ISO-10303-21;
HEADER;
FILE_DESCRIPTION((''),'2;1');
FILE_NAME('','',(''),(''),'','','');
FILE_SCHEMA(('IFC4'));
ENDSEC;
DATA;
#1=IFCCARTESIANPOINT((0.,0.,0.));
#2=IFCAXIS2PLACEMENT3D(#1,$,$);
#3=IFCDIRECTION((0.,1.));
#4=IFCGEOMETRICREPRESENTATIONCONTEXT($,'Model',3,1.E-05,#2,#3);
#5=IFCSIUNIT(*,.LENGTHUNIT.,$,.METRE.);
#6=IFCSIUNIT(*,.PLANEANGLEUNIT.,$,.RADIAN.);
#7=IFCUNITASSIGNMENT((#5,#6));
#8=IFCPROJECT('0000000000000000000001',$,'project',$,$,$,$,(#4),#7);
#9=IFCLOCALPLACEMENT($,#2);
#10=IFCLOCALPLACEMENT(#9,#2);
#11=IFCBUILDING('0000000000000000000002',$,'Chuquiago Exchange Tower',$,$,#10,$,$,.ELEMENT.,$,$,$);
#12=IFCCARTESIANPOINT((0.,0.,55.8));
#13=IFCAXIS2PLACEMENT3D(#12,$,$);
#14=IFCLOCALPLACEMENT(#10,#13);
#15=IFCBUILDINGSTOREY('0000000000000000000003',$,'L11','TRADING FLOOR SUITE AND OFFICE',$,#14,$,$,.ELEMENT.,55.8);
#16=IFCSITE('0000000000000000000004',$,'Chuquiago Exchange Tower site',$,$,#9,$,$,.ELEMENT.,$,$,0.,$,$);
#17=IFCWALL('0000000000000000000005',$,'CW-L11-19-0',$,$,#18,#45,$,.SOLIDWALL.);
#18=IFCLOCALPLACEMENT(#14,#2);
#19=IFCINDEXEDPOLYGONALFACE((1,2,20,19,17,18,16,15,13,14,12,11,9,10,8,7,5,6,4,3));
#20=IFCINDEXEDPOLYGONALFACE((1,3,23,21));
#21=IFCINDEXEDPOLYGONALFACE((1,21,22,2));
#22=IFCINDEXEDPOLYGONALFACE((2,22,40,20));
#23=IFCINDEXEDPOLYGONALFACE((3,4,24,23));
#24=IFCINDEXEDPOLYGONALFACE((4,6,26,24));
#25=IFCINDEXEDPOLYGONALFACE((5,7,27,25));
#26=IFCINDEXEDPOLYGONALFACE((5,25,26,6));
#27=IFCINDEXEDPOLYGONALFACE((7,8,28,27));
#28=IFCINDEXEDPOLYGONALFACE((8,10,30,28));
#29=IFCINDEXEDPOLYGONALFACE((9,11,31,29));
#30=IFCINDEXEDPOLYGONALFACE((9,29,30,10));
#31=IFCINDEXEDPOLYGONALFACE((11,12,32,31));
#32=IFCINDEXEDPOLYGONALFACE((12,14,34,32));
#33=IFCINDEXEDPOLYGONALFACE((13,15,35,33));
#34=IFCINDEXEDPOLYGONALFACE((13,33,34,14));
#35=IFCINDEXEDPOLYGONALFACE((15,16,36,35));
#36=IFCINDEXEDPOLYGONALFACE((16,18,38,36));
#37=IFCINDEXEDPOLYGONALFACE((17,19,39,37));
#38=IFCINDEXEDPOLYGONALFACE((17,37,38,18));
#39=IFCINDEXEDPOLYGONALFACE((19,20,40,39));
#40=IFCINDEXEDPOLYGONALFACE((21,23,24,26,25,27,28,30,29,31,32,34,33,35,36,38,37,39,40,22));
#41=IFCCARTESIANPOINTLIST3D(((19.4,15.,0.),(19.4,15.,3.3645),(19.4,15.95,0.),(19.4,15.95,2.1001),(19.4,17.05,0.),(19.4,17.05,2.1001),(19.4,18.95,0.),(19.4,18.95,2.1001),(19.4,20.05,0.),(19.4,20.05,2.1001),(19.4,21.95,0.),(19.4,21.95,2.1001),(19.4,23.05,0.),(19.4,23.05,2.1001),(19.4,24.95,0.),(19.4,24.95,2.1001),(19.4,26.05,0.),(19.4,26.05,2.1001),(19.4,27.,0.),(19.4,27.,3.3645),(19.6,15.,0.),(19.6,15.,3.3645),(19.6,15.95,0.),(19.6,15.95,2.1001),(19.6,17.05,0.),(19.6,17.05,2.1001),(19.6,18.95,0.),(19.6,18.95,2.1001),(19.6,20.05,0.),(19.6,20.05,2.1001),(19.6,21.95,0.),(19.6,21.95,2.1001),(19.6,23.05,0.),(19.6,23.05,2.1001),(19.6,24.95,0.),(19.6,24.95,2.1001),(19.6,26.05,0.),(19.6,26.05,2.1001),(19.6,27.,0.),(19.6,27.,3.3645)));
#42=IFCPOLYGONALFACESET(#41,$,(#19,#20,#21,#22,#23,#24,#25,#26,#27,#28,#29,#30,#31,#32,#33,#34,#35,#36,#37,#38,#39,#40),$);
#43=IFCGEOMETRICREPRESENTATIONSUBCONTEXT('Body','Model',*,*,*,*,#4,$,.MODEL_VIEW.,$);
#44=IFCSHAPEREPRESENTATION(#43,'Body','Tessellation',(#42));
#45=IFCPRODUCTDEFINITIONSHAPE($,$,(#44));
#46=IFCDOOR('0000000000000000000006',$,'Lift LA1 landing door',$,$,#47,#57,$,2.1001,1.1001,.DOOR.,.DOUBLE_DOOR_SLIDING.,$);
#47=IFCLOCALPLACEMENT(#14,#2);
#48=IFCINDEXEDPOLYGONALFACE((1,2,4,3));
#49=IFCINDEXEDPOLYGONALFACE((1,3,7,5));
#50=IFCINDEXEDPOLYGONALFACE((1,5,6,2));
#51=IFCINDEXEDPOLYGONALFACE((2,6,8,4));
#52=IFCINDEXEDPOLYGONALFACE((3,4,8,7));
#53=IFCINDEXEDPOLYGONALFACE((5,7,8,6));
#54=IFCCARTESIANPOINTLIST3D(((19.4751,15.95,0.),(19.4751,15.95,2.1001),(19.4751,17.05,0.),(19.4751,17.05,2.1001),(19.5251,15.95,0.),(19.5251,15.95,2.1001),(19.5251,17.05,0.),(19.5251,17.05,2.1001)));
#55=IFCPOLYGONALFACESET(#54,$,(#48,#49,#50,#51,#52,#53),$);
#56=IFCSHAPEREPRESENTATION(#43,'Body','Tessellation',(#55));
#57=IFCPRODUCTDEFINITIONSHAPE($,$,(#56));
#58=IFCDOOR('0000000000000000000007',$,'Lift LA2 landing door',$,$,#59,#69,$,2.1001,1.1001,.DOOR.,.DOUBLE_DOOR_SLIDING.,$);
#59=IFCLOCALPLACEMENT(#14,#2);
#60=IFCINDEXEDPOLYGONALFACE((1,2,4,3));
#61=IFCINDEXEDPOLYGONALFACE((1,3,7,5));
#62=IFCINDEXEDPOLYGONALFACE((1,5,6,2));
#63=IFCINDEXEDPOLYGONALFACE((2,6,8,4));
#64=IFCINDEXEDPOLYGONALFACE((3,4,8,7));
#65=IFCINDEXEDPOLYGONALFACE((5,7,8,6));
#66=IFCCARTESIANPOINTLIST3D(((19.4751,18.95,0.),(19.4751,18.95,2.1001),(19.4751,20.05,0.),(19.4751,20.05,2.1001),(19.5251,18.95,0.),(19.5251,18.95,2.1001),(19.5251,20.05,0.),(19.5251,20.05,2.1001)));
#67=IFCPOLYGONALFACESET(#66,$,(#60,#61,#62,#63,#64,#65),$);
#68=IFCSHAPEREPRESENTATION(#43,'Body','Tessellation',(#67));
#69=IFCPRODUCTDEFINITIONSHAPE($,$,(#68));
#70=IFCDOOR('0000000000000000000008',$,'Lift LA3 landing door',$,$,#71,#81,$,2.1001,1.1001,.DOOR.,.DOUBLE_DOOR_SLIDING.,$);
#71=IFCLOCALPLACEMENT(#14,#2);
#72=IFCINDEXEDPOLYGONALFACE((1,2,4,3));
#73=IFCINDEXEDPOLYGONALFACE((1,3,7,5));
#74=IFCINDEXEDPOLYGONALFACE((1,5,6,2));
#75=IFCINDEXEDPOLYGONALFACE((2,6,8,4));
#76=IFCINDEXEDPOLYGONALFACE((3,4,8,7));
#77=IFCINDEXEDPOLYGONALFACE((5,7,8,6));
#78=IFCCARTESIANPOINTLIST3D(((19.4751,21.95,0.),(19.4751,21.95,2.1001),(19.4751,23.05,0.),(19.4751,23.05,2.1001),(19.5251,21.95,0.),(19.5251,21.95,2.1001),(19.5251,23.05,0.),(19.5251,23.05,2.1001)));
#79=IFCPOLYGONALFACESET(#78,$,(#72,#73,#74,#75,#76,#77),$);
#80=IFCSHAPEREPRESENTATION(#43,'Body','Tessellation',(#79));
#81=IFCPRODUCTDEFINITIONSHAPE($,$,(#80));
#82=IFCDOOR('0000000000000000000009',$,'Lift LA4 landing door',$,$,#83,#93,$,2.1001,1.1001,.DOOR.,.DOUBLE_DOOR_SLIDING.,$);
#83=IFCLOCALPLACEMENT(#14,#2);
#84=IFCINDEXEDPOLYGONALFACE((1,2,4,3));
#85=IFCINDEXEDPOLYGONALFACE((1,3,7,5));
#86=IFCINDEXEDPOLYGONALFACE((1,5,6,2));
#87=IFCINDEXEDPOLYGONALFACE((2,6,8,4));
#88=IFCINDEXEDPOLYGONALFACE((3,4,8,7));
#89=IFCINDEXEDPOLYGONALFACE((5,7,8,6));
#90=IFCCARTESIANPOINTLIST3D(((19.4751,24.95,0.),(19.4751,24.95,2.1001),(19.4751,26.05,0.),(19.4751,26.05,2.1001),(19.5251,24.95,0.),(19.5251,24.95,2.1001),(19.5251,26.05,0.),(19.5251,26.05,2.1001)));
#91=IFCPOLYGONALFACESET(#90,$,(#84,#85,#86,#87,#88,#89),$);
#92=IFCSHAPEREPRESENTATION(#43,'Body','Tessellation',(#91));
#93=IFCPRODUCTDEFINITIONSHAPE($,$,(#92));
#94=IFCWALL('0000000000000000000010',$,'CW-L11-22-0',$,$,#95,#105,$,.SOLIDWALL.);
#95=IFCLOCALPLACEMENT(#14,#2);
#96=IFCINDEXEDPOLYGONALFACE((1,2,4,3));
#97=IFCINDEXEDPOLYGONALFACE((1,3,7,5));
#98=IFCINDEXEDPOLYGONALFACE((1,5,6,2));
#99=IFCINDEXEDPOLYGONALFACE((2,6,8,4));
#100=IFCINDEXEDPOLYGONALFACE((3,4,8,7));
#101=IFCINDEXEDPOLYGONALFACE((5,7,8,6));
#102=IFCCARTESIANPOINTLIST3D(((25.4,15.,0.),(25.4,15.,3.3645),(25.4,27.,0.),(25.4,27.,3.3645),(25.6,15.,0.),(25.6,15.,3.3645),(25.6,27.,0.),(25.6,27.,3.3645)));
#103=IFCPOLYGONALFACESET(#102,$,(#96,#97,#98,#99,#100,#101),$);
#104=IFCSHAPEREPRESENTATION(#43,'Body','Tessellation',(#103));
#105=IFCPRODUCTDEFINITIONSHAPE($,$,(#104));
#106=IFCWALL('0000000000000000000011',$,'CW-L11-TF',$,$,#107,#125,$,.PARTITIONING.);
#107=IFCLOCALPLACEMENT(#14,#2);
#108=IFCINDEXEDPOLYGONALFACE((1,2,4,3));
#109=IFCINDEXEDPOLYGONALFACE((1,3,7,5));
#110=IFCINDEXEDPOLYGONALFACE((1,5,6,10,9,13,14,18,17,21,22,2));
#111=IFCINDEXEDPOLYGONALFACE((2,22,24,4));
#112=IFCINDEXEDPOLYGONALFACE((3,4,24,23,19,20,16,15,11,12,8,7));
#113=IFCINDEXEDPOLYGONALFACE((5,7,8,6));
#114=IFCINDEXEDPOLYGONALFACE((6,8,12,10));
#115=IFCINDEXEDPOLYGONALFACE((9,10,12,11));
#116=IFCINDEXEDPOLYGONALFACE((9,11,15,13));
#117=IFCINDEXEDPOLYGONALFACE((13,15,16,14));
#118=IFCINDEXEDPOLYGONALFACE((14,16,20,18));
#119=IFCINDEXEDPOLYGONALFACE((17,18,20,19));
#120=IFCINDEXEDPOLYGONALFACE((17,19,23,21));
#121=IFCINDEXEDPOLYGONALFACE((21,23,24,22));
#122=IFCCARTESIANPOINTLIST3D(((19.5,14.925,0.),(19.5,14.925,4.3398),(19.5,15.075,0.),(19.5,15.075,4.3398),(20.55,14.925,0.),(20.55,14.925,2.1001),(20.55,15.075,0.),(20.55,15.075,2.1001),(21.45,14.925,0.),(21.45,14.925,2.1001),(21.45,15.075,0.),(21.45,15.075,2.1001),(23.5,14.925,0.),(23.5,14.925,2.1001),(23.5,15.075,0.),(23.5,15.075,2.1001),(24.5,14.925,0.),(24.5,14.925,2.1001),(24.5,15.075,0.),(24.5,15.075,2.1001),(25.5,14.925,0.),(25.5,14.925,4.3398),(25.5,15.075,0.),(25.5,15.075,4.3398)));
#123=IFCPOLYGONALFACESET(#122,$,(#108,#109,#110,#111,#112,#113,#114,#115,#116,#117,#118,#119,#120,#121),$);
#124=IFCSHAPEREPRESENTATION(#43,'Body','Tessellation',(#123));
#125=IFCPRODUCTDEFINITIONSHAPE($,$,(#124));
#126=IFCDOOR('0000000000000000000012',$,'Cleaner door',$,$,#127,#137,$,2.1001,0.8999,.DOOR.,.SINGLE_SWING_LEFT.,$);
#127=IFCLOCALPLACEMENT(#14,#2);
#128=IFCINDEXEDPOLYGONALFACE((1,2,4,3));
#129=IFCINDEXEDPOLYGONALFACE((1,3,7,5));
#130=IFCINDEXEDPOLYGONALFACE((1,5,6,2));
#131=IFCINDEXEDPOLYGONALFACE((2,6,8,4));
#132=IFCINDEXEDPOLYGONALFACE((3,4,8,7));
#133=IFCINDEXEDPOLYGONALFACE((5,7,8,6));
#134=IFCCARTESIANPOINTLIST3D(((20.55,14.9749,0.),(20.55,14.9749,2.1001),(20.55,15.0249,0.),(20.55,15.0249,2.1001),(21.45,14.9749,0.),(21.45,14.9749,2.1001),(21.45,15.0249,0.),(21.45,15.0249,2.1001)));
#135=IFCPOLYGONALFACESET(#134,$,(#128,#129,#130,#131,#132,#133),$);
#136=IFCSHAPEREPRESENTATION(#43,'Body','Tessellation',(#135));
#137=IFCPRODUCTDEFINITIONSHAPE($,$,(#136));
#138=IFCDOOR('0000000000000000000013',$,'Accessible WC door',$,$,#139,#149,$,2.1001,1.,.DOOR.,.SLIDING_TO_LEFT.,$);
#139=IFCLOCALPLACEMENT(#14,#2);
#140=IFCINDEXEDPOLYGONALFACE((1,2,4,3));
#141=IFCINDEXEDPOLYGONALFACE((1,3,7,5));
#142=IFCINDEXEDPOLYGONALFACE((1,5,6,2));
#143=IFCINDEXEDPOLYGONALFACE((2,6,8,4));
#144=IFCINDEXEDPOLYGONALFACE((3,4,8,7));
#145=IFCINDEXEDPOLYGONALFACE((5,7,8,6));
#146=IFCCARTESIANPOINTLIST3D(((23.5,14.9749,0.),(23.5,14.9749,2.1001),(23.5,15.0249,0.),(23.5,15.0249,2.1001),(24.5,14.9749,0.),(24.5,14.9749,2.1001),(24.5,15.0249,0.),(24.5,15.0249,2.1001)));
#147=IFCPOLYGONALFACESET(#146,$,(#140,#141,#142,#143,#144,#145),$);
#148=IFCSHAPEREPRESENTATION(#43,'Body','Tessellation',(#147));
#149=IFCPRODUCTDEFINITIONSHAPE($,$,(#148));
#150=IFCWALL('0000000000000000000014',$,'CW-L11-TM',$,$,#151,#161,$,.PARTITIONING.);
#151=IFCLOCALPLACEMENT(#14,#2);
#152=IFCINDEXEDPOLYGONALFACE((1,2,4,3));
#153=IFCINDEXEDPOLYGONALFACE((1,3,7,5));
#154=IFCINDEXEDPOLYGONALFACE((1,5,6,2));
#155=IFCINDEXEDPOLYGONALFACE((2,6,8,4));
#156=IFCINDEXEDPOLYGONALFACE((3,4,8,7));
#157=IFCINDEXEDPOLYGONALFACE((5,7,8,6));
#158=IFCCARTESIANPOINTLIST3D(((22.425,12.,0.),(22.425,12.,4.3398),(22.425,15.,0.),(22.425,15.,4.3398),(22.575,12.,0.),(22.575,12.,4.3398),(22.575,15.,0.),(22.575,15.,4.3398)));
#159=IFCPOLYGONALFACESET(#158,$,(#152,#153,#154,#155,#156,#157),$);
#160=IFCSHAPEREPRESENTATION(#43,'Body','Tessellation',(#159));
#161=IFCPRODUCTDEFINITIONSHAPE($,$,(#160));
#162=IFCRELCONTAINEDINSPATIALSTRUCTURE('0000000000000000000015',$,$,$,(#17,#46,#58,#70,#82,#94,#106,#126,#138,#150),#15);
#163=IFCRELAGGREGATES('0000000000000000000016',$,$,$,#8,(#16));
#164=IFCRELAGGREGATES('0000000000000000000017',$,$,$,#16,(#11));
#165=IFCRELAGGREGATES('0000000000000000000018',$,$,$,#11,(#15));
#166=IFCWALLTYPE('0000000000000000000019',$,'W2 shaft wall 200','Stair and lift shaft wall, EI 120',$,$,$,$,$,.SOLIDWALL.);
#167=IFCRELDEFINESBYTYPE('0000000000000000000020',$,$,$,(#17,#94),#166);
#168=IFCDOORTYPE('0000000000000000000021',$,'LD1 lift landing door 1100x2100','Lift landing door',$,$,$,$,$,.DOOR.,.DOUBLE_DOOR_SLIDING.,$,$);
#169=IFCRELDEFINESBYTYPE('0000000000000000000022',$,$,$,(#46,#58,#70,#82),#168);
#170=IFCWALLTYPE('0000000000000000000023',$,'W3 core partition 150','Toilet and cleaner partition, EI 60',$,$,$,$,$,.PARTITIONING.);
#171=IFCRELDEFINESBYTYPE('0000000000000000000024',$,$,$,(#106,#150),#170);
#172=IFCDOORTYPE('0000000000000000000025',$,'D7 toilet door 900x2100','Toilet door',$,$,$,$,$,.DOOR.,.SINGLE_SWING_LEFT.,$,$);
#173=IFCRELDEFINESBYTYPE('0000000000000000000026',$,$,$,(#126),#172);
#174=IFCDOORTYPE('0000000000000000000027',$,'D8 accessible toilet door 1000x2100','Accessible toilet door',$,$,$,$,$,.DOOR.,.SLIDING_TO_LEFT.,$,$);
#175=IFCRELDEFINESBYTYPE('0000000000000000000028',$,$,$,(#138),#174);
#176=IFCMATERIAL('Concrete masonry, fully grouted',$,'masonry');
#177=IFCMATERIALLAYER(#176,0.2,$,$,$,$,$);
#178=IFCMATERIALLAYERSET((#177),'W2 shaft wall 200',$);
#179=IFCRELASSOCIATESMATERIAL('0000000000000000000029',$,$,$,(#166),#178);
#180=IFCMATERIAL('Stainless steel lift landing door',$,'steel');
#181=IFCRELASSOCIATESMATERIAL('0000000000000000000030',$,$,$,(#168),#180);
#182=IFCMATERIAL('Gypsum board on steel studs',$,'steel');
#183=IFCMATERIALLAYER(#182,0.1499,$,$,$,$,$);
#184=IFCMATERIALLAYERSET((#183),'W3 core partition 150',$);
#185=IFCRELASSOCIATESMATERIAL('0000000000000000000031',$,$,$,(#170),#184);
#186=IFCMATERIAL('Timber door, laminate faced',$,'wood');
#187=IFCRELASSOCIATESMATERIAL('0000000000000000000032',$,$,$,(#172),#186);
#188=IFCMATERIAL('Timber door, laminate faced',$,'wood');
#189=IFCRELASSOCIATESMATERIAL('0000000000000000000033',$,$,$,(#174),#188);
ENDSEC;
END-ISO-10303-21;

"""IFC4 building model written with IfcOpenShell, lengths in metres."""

from ifc_helpers import new_model, si_unit, direction, frame, frame_2d, origin, place, context, subcontext, project, spatial, rectangle, extrude, material, layer, layer_set, type_object, element, fill, save


model = new_model("IFC4")

# Units and contexts
model_context = context("Model", 3, precision=1e-05, world=origin(), true_north=direction((0.0, 1.0)))
body_context = subcontext(model_context, "Body", "Model", "MODEL_VIEW")
ifc_project = project(units=[si_unit("LENGTHUNIT", "METRE"), si_unit("PLANEANGLEUNIT", "RADIAN")], contexts=[model_context])

# Site, building, storey
site_placement = place(None, origin())
site = spatial("IfcSite", under=ifc_project, at=site_placement, Name="Chuquiago Exchange Tower site", CompositionType="ELEMENT", RefElevation=0.0)
building_placement = place(site_placement, origin())
building = spatial("IfcBuilding", under=site, at=building_placement, Name="Chuquiago Exchange Tower", CompositionType="ELEMENT")
storey_placement = place(building_placement, frame((0.0, 0.0, 55.8)))
storey = spatial("IfcBuildingStorey", under=building, at=storey_placement, Name="L11", Description="TRADING FLOOR SUITE AND OFFICE", CompositionType="ELEMENT", Elevation=55.8)

# Shared definitions
ifc_material_1 = material(Name="Concrete masonry, fully grouted", Category="masonry")
ifc_layer_1 = layer(ifc_material_1, 0.2)
ifc_layer_set_1 = layer_set([ifc_layer_1], Name="W2 shaft wall 200")
wall_type_1 = type_object("IfcWallType", Name="W2 shaft wall 200", Description="Stair and lift shaft wall, EI 120", PredefinedType="SOLIDWALL", material=ifc_layer_set_1)

# Wall, openings, doors
wall_1_placement = place(storey_placement, frame((19.5, 15.0, 0.0), z_axis=(0.0, 0.0, 1.0), x_axis=(0.0, 1.0, 0.0)))
wall_1 = element("IfcWall", 1, at=wall_1_placement, inside=storey, type_object=wall_type_1, Name="CW-L11-19-0", PredefinedType="SOLIDWALL", context=body_context, shape_type="SweptSolid", body=[
    extrude(rectangle(XDim=12.0, YDim=0.2, at=frame_2d((6.0, 0.0))), origin(), (0.0, 0.0, 1.0), 3.3645),
])
opening_1_placement = place(wall_1_placement, frame((0.95, 0.0, 0.0)))
opening_1 = element("IfcOpeningElement", 2, at=opening_1_placement, cuts=wall_1, PredefinedType="OPENING", context=body_context, shape_type="SweptSolid", body=[
    extrude(rectangle(XDim=1.1001, YDim=2.1001, at=frame_2d((0.55, 1.05))), frame((0.0, 0.1099, 0.0), z_axis=(0.0, -1.0, 0.0), x_axis=(1.0, 0.0, 0.0)), (0.0, 0.0, 1.0), 0.22),
])
opening_2_placement = place(wall_1_placement, frame((3.95, 0.0, 0.0)))
opening_2 = element("IfcOpeningElement", 3, at=opening_2_placement, cuts=wall_1, PredefinedType="OPENING", context=body_context, shape_type="SweptSolid", body=[
    extrude(rectangle(XDim=1.1001, YDim=2.1001, at=frame_2d((0.55, 1.05))), frame((0.0, 0.1099, 0.0), z_axis=(0.0, -1.0, 0.0), x_axis=(1.0, 0.0, 0.0)), (0.0, 0.0, 1.0), 0.22),
])
opening_3_placement = place(wall_1_placement, frame((6.95, 0.0, 0.0)))
opening_3 = element("IfcOpeningElement", 4, at=opening_3_placement, cuts=wall_1, PredefinedType="OPENING", context=body_context, shape_type="SweptSolid", body=[
    extrude(rectangle(XDim=1.1001, YDim=2.1001, at=frame_2d((0.55, 1.05))), frame((0.0, 0.1099, 0.0), z_axis=(0.0, -1.0, 0.0), x_axis=(1.0, 0.0, 0.0)), (0.0, 0.0, 1.0), 0.22),
])
opening_4_placement = place(wall_1_placement, frame((9.95, 0.0, 0.0)))
opening_4 = element("IfcOpeningElement", 5, at=opening_4_placement, cuts=wall_1, PredefinedType="OPENING", context=body_context, shape_type="SweptSolid", body=[
    extrude(rectangle(XDim=1.1001, YDim=2.1001, at=frame_2d((0.55, 1.05))), frame((0.0, 0.1099, 0.0), z_axis=(0.0, -1.0, 0.0), x_axis=(1.0, 0.0, 0.0)), (0.0, 0.0, 1.0), 0.22),
])
ifc_material_2 = material(Name="Stainless steel lift landing door", Category="steel")
door_type_1 = type_object("IfcDoorType", Name="LD1 lift landing door 1100x2100", Description="Lift landing door", OperationType="DOUBLE_DOOR_SLIDING", PredefinedType="DOOR", material=ifc_material_2)
door_1_placement = place(opening_1_placement, origin())
door_1 = element("IfcDoor", 6, at=door_1_placement, inside=storey, type_object=door_type_1, Name="Lift LA1 landing door", OperationType="DOUBLE_DOOR_SLIDING", OverallHeight=2.1001, OverallWidth=1.1001, PredefinedType="DOOR", context=body_context, shape_type="SweptSolid", body=[
    extrude(rectangle(XDim=1.1001, YDim=2.1001, at=frame_2d((0.55, 1.05))), frame((0.0, 0.0249, 0.0), z_axis=(0.0, -1.0, 0.0), x_axis=(1.0, 0.0, 0.0)), (0.0, 0.0, 1.0), 0.05),
])
fill(opening_1, door_1)
door_2_placement = place(opening_2_placement, origin())
door_2 = element("IfcDoor", 7, at=door_2_placement, inside=storey, type_object=door_type_1, Name="Lift LA2 landing door", OperationType="DOUBLE_DOOR_SLIDING", OverallHeight=2.1001, OverallWidth=1.1001, PredefinedType="DOOR", context=body_context, shape_type="SweptSolid", body=[
    extrude(rectangle(XDim=1.1001, YDim=2.1001, at=frame_2d((0.55, 1.05))), frame((0.0, 0.0249, 0.0), z_axis=(0.0, -1.0, 0.0), x_axis=(1.0, 0.0, 0.0)), (0.0, 0.0, 1.0), 0.05),
])
fill(opening_2, door_2)
door_3_placement = place(opening_3_placement, origin())
door_3 = element("IfcDoor", 8, at=door_3_placement, inside=storey, type_object=door_type_1, Name="Lift LA3 landing door", OperationType="DOUBLE_DOOR_SLIDING", OverallHeight=2.1001, OverallWidth=1.1001, PredefinedType="DOOR", context=body_context, shape_type="SweptSolid", body=[
    extrude(rectangle(XDim=1.1001, YDim=2.1001, at=frame_2d((0.55, 1.05))), frame((0.0, 0.0249, 0.0), z_axis=(0.0, -1.0, 0.0), x_axis=(1.0, 0.0, 0.0)), (0.0, 0.0, 1.0), 0.05),
])
fill(opening_3, door_3)
door_4_placement = place(opening_4_placement, origin())
door_4 = element("IfcDoor", 9, at=door_4_placement, inside=storey, type_object=door_type_1, Name="Lift LA4 landing door", OperationType="DOUBLE_DOOR_SLIDING", OverallHeight=2.1001, OverallWidth=1.1001, PredefinedType="DOOR", context=body_context, shape_type="SweptSolid", body=[
    extrude(rectangle(XDim=1.1001, YDim=2.1001, at=frame_2d((0.55, 1.05))), frame((0.0, 0.0249, 0.0), z_axis=(0.0, -1.0, 0.0), x_axis=(1.0, 0.0, 0.0)), (0.0, 0.0, 1.0), 0.05),
])
fill(opening_4, door_4)

# Wall
wall_2_placement = place(storey_placement, frame((25.5, 15.0, 0.0), z_axis=(0.0, 0.0, 1.0), x_axis=(0.0, 1.0, 0.0)))
element("IfcWall", 10, at=wall_2_placement, inside=storey, type_object=wall_type_1, Name="CW-L11-22-0", PredefinedType="SOLIDWALL", context=body_context, shape_type="SweptSolid", body=[
    extrude(rectangle(XDim=12.0, YDim=0.2, at=frame_2d((6.0, 0.0))), origin(), (0.0, 0.0, 1.0), 3.3645),
])

# Wall, openings, doors
ifc_material_3 = material(Name="Gypsum board on steel studs", Category="steel")
ifc_layer_2 = layer(ifc_material_3, 0.1499)
ifc_layer_set_2 = layer_set([ifc_layer_2], Name="W3 core partition 150")
wall_type_2 = type_object("IfcWallType", Name="W3 core partition 150", Description="Toilet and cleaner partition, EI 60", PredefinedType="PARTITIONING", material=ifc_layer_set_2)
wall_3_placement = place(storey_placement, frame((19.5, 15.0, 0.0), z_axis=(0.0, 0.0, 1.0), x_axis=(1.0, 0.0, 0.0)))
wall_3 = element("IfcWall", 11, at=wall_3_placement, inside=storey, type_object=wall_type_2, Name="CW-L11-TF", PredefinedType="PARTITIONING", context=body_context, shape_type="SweptSolid", body=[
    extrude(rectangle(XDim=6.0, YDim=0.1499, at=frame_2d((3.0, 0.0))), origin(), (0.0, 0.0, 1.0), 4.3398),
])
opening_5_placement = place(wall_3_placement, frame((4.0, 0.0, 0.0)))
opening_5 = element("IfcOpeningElement", 12, at=opening_5_placement, cuts=wall_3, PredefinedType="OPENING", context=body_context, shape_type="SweptSolid", body=[
    extrude(rectangle(XDim=1.0, YDim=2.1001, at=frame_2d((0.5, 1.05))), frame((0.0, 0.085, 0.0), z_axis=(0.0, -1.0, 0.0), x_axis=(1.0, 0.0, 0.0)), (0.0, 0.0, 1.0), 0.1699),
])
opening_6_placement = place(wall_3_placement, frame((1.05, 0.0, 0.0)))
opening_6 = element("IfcOpeningElement", 13, at=opening_6_placement, cuts=wall_3, PredefinedType="OPENING", context=body_context, shape_type="SweptSolid", body=[
    extrude(rectangle(XDim=0.8999, YDim=2.1001, at=frame_2d((0.45, 1.05))), frame((0.0, 0.085, 0.0), z_axis=(0.0, -1.0, 0.0), x_axis=(1.0, 0.0, 0.0)), (0.0, 0.0, 1.0), 0.1699),
])
ifc_material_4 = material(Name="Timber door, laminate faced", Category="wood")
door_type_2 = type_object("IfcDoorType", Name="D7 toilet door 900x2100", Description="Toilet door", OperationType="SINGLE_SWING_LEFT", PredefinedType="DOOR", material=ifc_material_4)
door_5_placement = place(opening_6_placement, origin())
door_5 = element("IfcDoor", 14, at=door_5_placement, inside=storey, type_object=door_type_2, Name="Cleaner door", OperationType="SINGLE_SWING_LEFT", OverallHeight=2.1001, OverallWidth=0.8999, PredefinedType="DOOR", context=body_context, shape_type="SweptSolid", body=[
    extrude(rectangle(XDim=0.8999, YDim=2.1001, at=frame_2d((0.45, 1.05))), frame((0.0, 0.0249, 0.0), z_axis=(0.0, -1.0, 0.0), x_axis=(1.0, 0.0, 0.0)), (0.0, 0.0, 1.0), 0.05),
])
fill(opening_6, door_5)
ifc_material_5 = material(Name="Timber door, laminate faced", Category="wood")
door_type_3 = type_object("IfcDoorType", Name="D8 accessible toilet door 1000x2100", Description="Accessible toilet door", OperationType="SLIDING_TO_LEFT", PredefinedType="DOOR", material=ifc_material_5)
door_6_placement = place(opening_5_placement, origin())
door_6 = element("IfcDoor", 15, at=door_6_placement, inside=storey, type_object=door_type_3, Name="Accessible WC door", OperationType="SLIDING_TO_LEFT", OverallHeight=2.1001, OverallWidth=1.0, PredefinedType="DOOR", context=body_context, shape_type="SweptSolid", body=[
    extrude(rectangle(XDim=1.0, YDim=2.1001, at=frame_2d((0.5, 1.05))), frame((0.0, 0.0249, 0.0), z_axis=(0.0, -1.0, 0.0), x_axis=(1.0, 0.0, 0.0)), (0.0, 0.0, 1.0), 0.05),
])
fill(opening_5, door_6)

# Wall
wall_4_placement = place(storey_placement, frame((22.5, 15.0, 0.0), z_axis=(0.0, 0.0, 1.0), x_axis=(0.0, -1.0, 0.0)))
element("IfcWall", 16, at=wall_4_placement, inside=storey, type_object=wall_type_2, Name="CW-L11-TM", PredefinedType="PARTITIONING", context=body_context, shape_type="SweptSolid", body=[
    extrude(rectangle(XDim=3.0, YDim=0.1499, at=frame_2d((1.5, 0.0))), origin(), (0.0, 0.0, 1.0), 4.3398),
])

save(model, "model.ifc")
